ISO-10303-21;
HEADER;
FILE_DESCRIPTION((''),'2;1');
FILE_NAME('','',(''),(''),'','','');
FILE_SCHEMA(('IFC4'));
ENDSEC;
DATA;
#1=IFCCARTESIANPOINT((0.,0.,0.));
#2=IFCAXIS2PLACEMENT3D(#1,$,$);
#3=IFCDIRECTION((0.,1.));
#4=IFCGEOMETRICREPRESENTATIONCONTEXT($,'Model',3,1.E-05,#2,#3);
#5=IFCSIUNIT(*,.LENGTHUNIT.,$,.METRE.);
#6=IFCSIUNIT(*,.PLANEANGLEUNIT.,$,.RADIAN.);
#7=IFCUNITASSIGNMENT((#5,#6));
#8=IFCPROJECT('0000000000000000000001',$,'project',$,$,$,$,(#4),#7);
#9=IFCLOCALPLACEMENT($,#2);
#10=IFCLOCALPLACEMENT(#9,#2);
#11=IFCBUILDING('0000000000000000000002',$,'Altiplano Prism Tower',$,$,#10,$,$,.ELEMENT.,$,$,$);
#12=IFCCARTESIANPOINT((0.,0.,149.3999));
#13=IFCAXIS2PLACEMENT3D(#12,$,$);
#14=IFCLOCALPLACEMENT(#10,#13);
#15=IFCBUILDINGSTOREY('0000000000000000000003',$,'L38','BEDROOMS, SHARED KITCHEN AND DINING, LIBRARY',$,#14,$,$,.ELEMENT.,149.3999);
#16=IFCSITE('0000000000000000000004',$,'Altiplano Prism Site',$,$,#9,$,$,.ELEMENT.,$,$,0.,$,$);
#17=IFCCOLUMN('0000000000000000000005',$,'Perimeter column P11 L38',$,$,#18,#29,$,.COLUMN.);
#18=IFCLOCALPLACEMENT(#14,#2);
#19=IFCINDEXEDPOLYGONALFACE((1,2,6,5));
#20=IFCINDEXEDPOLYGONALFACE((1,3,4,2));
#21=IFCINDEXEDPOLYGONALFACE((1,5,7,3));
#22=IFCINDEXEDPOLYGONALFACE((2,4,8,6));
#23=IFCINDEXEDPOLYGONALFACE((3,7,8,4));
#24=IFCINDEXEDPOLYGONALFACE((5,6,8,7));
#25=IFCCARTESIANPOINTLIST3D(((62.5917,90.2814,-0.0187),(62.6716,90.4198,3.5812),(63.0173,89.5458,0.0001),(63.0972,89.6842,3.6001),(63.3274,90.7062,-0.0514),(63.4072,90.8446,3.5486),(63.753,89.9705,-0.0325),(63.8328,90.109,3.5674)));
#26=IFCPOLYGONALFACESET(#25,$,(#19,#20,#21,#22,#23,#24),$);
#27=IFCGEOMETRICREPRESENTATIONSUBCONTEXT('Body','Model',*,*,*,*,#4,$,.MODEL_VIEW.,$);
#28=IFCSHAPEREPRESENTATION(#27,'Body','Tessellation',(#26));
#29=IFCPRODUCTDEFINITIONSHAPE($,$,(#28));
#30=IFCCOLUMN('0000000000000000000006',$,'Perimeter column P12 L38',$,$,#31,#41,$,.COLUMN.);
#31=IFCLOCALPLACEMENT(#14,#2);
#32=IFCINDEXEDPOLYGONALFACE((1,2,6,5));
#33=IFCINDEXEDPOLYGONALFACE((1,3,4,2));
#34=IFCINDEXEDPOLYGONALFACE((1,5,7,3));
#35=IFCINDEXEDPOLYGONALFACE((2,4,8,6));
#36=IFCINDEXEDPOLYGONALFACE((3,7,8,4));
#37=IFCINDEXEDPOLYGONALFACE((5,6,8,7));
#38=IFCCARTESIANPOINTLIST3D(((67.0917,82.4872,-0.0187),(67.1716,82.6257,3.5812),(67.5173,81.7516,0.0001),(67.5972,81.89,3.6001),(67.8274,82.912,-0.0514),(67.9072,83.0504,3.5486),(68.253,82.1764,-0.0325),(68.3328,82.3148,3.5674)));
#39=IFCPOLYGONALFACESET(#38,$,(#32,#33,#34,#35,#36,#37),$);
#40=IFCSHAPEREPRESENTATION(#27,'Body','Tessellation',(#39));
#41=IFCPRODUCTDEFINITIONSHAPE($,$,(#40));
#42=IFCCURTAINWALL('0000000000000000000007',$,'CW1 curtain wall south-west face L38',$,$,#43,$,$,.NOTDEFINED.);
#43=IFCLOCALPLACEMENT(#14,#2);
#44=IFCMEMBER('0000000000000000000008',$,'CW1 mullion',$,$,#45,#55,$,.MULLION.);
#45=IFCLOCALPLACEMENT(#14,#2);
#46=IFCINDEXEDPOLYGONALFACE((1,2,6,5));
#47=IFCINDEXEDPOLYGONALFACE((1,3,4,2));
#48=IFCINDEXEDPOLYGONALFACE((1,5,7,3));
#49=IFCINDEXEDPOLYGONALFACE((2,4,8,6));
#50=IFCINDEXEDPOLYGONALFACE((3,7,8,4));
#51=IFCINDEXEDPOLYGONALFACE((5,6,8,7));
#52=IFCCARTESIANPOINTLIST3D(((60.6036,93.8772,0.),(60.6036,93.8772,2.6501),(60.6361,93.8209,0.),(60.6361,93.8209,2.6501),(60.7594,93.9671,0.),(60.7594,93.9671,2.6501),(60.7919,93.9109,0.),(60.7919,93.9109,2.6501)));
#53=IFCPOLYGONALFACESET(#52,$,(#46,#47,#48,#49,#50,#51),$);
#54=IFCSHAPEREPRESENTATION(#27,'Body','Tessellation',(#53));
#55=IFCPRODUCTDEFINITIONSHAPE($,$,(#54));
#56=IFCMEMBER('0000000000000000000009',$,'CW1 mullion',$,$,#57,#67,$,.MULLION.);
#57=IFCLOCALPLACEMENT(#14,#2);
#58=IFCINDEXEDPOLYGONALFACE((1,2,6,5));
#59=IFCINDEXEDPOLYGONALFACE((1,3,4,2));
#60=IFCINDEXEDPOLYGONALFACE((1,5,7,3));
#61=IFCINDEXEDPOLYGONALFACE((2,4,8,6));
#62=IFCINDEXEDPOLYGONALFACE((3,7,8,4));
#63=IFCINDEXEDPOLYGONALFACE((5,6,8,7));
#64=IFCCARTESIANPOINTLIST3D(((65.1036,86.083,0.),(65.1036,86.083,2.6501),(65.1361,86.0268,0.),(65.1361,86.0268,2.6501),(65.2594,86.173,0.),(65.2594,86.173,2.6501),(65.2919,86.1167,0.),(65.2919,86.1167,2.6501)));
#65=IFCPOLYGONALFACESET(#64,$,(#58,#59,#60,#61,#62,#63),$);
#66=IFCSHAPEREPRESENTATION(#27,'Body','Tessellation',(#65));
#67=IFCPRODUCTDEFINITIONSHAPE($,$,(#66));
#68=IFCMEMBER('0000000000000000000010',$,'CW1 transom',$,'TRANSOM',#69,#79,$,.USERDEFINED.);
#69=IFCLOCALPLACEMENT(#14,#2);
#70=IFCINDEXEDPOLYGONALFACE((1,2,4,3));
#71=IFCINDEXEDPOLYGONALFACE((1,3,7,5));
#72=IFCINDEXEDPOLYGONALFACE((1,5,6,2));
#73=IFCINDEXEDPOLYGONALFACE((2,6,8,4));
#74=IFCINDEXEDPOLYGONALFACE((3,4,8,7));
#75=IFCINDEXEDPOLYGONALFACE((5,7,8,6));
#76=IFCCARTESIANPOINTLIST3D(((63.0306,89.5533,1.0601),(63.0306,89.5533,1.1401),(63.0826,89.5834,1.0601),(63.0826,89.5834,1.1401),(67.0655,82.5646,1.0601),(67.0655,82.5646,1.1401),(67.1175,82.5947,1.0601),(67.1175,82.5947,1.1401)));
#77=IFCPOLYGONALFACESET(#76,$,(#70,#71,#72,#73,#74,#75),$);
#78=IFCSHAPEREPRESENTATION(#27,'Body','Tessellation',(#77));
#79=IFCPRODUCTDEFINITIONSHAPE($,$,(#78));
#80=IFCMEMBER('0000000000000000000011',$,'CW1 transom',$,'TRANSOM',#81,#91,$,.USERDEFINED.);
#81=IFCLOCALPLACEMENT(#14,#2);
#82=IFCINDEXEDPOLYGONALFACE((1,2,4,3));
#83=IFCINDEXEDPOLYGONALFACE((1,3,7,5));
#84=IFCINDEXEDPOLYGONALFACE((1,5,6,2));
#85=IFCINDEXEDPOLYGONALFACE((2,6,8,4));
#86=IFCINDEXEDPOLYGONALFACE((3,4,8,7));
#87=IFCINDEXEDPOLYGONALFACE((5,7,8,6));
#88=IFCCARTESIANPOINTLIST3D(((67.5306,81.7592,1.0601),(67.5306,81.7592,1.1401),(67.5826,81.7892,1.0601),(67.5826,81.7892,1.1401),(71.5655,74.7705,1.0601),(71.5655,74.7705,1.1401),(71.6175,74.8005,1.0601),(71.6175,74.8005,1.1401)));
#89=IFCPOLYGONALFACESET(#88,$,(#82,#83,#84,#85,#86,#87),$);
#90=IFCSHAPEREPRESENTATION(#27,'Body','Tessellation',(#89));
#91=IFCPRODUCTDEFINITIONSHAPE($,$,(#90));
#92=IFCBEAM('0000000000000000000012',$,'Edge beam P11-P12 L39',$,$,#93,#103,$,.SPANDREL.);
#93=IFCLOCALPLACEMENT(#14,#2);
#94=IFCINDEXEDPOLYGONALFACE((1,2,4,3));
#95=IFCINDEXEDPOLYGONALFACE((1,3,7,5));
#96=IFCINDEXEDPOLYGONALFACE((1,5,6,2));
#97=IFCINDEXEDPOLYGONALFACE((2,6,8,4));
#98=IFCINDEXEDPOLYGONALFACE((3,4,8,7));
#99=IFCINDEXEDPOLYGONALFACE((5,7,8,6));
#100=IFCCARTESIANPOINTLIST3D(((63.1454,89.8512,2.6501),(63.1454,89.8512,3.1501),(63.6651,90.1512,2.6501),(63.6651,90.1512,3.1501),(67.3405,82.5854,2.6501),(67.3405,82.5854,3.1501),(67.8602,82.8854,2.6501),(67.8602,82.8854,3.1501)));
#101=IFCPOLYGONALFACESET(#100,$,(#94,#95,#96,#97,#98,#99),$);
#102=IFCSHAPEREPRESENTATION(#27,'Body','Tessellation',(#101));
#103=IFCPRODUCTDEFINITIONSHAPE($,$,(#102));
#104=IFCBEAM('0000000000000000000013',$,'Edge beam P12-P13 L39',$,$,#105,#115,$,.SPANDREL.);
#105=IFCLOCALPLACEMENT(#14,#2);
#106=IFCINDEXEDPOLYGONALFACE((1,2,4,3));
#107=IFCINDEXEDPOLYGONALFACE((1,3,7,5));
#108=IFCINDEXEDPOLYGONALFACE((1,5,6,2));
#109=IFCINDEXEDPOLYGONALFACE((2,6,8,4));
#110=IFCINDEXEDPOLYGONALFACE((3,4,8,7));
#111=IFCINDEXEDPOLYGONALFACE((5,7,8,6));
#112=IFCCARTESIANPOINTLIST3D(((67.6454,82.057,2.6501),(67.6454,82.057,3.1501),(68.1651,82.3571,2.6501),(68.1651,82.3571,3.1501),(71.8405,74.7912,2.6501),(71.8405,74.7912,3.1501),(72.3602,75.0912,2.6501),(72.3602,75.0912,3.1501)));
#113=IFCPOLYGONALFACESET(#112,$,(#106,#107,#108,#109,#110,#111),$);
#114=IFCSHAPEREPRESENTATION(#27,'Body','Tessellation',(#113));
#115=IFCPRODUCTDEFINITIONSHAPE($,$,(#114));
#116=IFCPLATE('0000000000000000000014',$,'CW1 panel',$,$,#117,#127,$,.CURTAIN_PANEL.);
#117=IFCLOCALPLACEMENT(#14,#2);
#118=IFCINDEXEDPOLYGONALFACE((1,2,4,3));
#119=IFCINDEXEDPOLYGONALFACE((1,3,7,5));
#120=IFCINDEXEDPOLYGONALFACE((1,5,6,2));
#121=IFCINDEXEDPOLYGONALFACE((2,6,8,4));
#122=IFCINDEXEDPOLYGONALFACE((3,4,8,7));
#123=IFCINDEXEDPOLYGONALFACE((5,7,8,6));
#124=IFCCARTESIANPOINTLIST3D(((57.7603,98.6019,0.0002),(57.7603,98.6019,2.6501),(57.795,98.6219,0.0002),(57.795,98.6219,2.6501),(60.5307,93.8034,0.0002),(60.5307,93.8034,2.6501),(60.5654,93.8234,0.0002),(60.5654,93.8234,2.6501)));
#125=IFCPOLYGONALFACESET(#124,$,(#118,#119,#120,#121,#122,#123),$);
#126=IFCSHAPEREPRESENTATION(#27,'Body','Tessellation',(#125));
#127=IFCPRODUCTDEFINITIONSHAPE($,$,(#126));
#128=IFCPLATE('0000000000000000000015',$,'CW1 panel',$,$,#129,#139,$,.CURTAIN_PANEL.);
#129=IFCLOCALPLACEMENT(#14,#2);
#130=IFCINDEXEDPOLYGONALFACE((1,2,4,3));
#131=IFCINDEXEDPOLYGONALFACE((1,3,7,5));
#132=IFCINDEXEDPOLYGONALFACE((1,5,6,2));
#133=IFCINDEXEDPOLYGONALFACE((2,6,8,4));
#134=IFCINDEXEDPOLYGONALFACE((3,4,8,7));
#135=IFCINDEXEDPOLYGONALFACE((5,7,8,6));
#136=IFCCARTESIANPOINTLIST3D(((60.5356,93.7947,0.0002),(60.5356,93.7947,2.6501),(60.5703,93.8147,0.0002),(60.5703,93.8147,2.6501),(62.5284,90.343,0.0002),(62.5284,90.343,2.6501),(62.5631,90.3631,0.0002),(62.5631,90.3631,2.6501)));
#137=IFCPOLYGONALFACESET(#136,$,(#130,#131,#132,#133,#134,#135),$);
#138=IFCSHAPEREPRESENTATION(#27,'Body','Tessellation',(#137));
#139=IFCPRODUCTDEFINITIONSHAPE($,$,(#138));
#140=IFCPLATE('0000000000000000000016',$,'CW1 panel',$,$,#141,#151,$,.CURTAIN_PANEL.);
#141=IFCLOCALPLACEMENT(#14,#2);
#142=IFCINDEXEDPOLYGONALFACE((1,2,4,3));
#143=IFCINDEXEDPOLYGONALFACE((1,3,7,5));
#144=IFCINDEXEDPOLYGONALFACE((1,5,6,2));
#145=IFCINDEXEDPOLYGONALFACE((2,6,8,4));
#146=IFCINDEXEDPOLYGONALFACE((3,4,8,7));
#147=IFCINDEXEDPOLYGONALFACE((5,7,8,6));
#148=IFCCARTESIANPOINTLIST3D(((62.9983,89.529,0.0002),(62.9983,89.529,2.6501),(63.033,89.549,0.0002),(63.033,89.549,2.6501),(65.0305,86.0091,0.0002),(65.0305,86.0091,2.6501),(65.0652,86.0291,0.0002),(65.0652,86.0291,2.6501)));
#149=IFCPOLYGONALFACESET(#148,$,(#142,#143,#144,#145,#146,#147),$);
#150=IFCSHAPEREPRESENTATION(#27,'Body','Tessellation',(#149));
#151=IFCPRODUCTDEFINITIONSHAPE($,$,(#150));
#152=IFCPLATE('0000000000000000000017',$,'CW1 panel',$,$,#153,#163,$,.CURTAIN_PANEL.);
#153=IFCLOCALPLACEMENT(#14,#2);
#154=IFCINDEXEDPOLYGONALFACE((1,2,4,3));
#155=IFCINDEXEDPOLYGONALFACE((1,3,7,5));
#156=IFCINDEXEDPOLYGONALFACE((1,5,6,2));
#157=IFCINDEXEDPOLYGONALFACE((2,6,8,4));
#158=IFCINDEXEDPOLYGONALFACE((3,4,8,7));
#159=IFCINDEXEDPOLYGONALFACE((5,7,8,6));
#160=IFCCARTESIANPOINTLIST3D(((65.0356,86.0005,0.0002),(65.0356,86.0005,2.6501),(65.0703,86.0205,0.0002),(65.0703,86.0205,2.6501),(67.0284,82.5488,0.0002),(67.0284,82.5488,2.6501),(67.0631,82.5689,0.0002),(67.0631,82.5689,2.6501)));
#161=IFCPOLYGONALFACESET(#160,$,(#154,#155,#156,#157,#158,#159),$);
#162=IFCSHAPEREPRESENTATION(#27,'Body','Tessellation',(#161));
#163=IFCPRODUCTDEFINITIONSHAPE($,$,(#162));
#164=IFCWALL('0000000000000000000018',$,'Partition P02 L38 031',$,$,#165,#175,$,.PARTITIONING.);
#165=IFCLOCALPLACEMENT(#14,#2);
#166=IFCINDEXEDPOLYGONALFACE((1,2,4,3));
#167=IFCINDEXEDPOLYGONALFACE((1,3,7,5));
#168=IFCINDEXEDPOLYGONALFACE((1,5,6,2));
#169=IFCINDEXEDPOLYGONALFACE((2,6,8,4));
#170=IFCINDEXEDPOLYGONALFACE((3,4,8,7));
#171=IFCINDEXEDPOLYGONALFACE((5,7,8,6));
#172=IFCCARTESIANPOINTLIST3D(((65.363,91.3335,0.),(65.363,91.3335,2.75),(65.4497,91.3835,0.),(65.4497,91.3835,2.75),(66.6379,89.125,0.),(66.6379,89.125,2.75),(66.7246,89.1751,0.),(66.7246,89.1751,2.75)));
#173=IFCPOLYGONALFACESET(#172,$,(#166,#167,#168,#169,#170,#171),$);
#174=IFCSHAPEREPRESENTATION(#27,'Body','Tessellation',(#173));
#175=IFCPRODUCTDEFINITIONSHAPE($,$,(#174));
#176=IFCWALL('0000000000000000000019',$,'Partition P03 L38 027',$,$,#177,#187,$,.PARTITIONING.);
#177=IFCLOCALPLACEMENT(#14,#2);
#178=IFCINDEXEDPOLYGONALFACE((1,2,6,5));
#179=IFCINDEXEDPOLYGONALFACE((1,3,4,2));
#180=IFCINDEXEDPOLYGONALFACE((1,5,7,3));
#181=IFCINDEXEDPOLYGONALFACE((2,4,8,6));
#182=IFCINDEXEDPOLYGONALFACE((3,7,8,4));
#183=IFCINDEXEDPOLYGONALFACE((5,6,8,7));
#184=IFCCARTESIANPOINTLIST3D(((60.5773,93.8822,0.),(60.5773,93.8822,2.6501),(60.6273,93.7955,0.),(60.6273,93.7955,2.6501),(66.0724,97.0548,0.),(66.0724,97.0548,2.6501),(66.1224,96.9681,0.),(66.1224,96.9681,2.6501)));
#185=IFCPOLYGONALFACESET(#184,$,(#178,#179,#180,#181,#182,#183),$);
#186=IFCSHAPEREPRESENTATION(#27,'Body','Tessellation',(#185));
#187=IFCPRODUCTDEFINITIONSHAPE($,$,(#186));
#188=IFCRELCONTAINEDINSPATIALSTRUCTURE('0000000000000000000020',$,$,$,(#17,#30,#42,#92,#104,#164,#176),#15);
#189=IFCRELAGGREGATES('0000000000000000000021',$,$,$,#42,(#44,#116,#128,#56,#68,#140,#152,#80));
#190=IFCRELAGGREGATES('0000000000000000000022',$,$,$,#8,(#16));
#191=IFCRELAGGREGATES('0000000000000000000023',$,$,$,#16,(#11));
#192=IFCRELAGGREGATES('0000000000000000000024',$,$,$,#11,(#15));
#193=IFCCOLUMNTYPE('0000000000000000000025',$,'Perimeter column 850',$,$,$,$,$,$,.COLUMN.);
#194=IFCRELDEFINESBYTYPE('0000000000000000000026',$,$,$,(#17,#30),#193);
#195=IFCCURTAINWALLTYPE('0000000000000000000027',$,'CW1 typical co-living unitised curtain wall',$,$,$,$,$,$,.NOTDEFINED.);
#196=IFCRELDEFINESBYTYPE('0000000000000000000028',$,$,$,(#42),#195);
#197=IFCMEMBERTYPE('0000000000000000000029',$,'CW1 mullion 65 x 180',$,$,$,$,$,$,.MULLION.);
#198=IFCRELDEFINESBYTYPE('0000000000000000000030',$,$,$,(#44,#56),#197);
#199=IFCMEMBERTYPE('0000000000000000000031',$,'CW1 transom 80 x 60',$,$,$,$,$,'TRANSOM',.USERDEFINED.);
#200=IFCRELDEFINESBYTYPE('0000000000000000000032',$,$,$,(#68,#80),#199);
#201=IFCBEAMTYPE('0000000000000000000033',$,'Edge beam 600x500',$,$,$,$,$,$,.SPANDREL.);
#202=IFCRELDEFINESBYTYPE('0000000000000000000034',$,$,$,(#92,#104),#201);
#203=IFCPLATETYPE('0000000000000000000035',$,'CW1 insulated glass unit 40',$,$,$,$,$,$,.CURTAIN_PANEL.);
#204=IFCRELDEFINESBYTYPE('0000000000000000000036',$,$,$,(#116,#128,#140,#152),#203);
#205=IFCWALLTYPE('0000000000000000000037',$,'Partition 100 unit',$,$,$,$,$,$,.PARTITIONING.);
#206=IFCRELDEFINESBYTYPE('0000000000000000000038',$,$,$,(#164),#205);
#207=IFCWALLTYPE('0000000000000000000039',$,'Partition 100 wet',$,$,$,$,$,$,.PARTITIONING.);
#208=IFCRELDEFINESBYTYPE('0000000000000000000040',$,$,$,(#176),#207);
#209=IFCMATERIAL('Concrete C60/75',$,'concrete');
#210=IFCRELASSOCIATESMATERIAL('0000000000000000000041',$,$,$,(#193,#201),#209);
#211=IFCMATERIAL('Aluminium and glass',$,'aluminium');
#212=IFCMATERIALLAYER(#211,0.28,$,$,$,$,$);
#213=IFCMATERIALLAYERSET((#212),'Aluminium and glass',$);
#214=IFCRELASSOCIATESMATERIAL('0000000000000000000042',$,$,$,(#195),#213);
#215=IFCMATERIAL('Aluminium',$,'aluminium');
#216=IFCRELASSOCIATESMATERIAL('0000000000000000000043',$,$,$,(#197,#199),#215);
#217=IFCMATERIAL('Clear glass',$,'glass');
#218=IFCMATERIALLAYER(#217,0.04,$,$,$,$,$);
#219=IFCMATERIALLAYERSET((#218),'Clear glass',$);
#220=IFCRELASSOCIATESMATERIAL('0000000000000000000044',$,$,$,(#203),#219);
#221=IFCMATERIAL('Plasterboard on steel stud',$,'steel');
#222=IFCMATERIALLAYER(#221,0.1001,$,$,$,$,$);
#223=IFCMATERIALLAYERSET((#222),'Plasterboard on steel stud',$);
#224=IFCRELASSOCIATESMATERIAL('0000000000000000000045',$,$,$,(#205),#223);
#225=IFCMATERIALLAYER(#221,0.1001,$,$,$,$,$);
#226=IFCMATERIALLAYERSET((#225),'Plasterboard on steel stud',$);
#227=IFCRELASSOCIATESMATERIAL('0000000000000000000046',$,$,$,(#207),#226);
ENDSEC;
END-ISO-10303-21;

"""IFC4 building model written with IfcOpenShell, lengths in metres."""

from ifc_helpers import new_model, si_unit, direction, frame, frame_2d, origin, origin_2d, place, context, subcontext, project, spatial, rectangle, extrude, material, layer, layer_set, material_profile, profile_set, type_object, element, aggregate, save


model = new_model("IFC4")

# Units and contexts
model_context = context("Model", 3, precision=1e-05, world=origin(), true_north=direction((0.0, 1.0)))
body_context = subcontext(model_context, "Body", "Model", "MODEL_VIEW")
ifc_project = project(units=[si_unit("LENGTHUNIT", "METRE"), si_unit("PLANEANGLEUNIT", "RADIAN")], contexts=[model_context])

# Site, building, storey
site_placement = place(None, origin())
site = spatial("IfcSite", under=ifc_project, at=site_placement, Name="Altiplano Prism Site", CompositionType="ELEMENT", RefElevation=0.0)
building_placement = place(site_placement, origin())
building = spatial("IfcBuilding", under=site, at=building_placement, Name="Altiplano Prism Tower", CompositionType="ELEMENT")
storey_placement = place(building_placement, frame((0.0, 0.0, 149.3999)))
storey = spatial("IfcBuildingStorey", under=building, at=storey_placement, Name="L38", Description="BEDROOMS, SHARED KITCHEN AND DINING, LIBRARY", CompositionType="ELEMENT", Elevation=149.3999)

# Columns
ifc_material_1 = material(Name="Concrete C60/75", Category="concrete")
ifc_material_profile_1 = material_profile(ifc_material_1, rectangle(XDim=0.8501, YDim=0.8501, at=origin_2d()), Name="Perimeter column 850")
ifc_profile_set_1 = profile_set([ifc_material_profile_1], Name="Concrete C60/75")
column_type = type_object("IfcColumnType", Name="Perimeter column 850", PredefinedType="COLUMN", material=ifc_profile_set_1)
for number, where, z_axis, x_axis, name in (
    (1, (63.1724, 90.126, -0.0256), (0.022155, 0.038416, 0.999016), (-0.865362, -0.499674, 0.038405), "Perimeter column P11 L38"),
    (2, (67.6724, 82.3318, -0.0256), (0.022155, 0.038416, 0.999016), (-0.865363, -0.499671, 0.038405), "Perimeter column P12 L38"),
):
    element("IfcColumn", number, at=place(storey_placement, frame(where, z_axis=z_axis, x_axis=x_axis)), inside=storey, type_object=column_type, Name=name, PredefinedType="COLUMN", context=body_context, shape_type="SweptSolid", body=[
        extrude(rectangle(XDim=0.8501, YDim=0.8501, at=origin_2d()), origin(), (0.0, 0.0, 1.0), 3.6035),
    ])

# Curtain wall, members
ifc_material_2 = material(Name="Aluminium and glass", Category="aluminium")
ifc_layer_1 = layer(ifc_material_2, 0.28)
ifc_layer_set_1 = layer_set([ifc_layer_1], Name="Aluminium and glass")
curtain_wall_type = type_object("IfcCurtainWallType", Name="CW1 typical co-living unitised curtain wall", PredefinedType="NOTDEFINED", material=ifc_layer_set_1)
curtain_wall_placement = place(storey_placement, origin())
curtain_wall = element("IfcCurtainWall", 3, at=curtain_wall_placement, inside=storey, type_object=curtain_wall_type, Name="CW1 curtain wall south-west face L38", PredefinedType="NOTDEFINED")
ifc_material_3 = material(Name="Aluminium", Category="aluminium")
ifc_material_profile_2 = material_profile(ifc_material_3, rectangle(XDim=0.1799, YDim=0.0649, at=origin_2d()), Name="CW1 mullion 65 x 180")
ifc_profile_set_2 = profile_set([ifc_material_profile_2], Name="Aluminium")
member_type_1 = type_object("IfcMemberType", Name="CW1 mullion 65 x 180", PredefinedType="MULLION", material=ifc_profile_set_2)
member_1_placement = place(storey_placement, frame((60.6978, 93.894, 0.0), z_axis=(0.0, 0.0, 1.0), x_axis=(0.866025, 0.5, 0.0)))
member_1 = element("IfcMember", 4, at=member_1_placement, type_object=member_type_1, Name="CW1 mullion", PredefinedType="MULLION", context=body_context, shape_type="SweptSolid", body=[
    extrude(rectangle(XDim=0.1799, YDim=0.0649, at=origin_2d()), origin(), (0.0, 0.0, 1.0), 2.6501),
])
member_2_placement = place(storey_placement, frame((65.1978, 86.0999, 0.0), z_axis=(0.0, 0.0, 1.0), x_axis=(0.866025, 0.5, 0.0)))
member_2 = element("IfcMember", 5, at=member_2_placement, type_object=member_type_1, Name="CW1 mullion", PredefinedType="MULLION", context=body_context, shape_type="SweptSolid", body=[
    extrude(rectangle(XDim=0.1799, YDim=0.0649, at=origin_2d()), origin(), (0.0, 0.0, 1.0), 2.6501),
])
ifc_material_profile_3 = material_profile(ifc_material_3, rectangle(XDim=0.0601, YDim=0.0801, at=origin_2d()), Name="CW1 transom 80 x 60")
ifc_profile_set_3 = profile_set([ifc_material_profile_3], Name="Aluminium")
member_type_2 = type_object("IfcMemberType", Name="CW1 transom 80 x 60", ElementType="TRANSOM", PredefinedType="USERDEFINED", material=ifc_profile_set_3)
member_3_placement = place(storey_placement, frame((63.0566, 89.5684, 1.1001), z_axis=(0.499995, -0.866028, 0.0), x_axis=(0.866028, 0.499995, 0.0)))
member_3 = element("IfcMember", 6, at=member_3_placement, type_object=member_type_2, Name="CW1 transom", ObjectType="TRANSOM", PredefinedType="USERDEFINED", context=body_context, shape_type="SweptSolid", body=[
    extrude(rectangle(XDim=0.0601, YDim=0.0801, at=origin_2d()), origin(), (0.0, 0.0, 1.0), 8.0698),
])
member_4_placement = place(storey_placement, frame((67.5566, 81.7742, 1.1001), z_axis=(0.499995, -0.866028, 0.0), x_axis=(0.866028, 0.499995, 0.0)))
member_4 = element("IfcMember", 7, at=member_4_placement, type_object=member_type_2, Name="CW1 transom", ObjectType="TRANSOM", PredefinedType="USERDEFINED", context=body_context, shape_type="SweptSolid", body=[
    extrude(rectangle(XDim=0.0601, YDim=0.0801, at=origin_2d()), origin(), (0.0, 0.0, 1.0), 8.0698),
])

# Beams
ifc_material_profile_4 = material_profile(ifc_material_1, rectangle(XDim=0.6001, YDim=0.5, at=origin_2d()), Name="Edge beam 600x500")
ifc_profile_set_4 = profile_set([ifc_material_profile_4], Name="Concrete C60/75")
beam_type = type_object("IfcBeamType", Name="Edge beam 600x500", PredefinedType="SPANDREL", material=ifc_profile_set_4)
for number, where, z_axis, x_axis, name in (
    (8, (63.4053, 90.0012, 2.9001), (0.50001, -0.866019, 0.0), (0.866019, 0.50001, 0.0), "Edge beam P11-P12 L39"),
    (9, (67.9053, 82.207, 2.9001), (0.50001, -0.866019, 0.0), (0.866019, 0.50001, 0.0), "Edge beam P12-P13 L39"),
):
    element("IfcBeam", number, at=place(storey_placement, frame(where, z_axis=z_axis, x_axis=x_axis)), inside=storey, type_object=beam_type, Name=name, PredefinedType="SPANDREL", context=body_context, shape_type="SweptSolid", body=[
        extrude(rectangle(XDim=0.6001, YDim=0.5, at=origin_2d()), origin(), (0.0, 0.0, 1.0), 8.3899),
    ])

# Plates
ifc_material_4 = material(Name="Clear glass", Category="glass")
ifc_layer_2 = layer(ifc_material_4, 0.04)
ifc_layer_set_2 = layer_set([ifc_layer_2], Name="Clear glass")
plate_type = type_object("IfcPlateType", Name="CW1 insulated glass unit 40", PredefinedType="CURTAIN_PANEL", material=ifc_layer_set_2)
plate_1_placement = place(storey_placement, frame((59.1628, 96.2126, 0.0002), z_axis=(0.0, 0.0, 1.0), x_axis=(0.5, -0.866025, 0.0)))
plate_1 = element("IfcPlate", 10, at=plate_1_placement, type_object=plate_type, Name="CW1 panel", PredefinedType="CURTAIN_PANEL", context=body_context, shape_type="SweptSolid", body=[
    extrude(rectangle(XDim=5.5408, YDim=0.04, at=origin_2d()), origin(), (0.0, 0.0, 1.0), 2.6499),
])
plate_2_placement = place(storey_placement, frame((61.5493, 92.0789, 0.0002), z_axis=(0.0, 0.0, 1.0), x_axis=(0.5, -0.866025, 0.0)))
plate_2 = element("IfcPlate", 11, at=plate_2_placement, type_object=plate_type, Name="CW1 panel", PredefinedType="CURTAIN_PANEL", context=body_context, shape_type="SweptSolid", body=[
    extrude(rectangle(XDim=3.9856, YDim=0.04, at=origin_2d()), origin(), (0.0, 0.0, 1.0), 2.6499),
])
plate_3_placement = place(storey_placement, frame((64.0317, 87.7791, 0.0002), z_axis=(0.0, 0.0, 1.0), x_axis=(0.5, -0.866025, 0.0)))
plate_3 = element("IfcPlate", 12, at=plate_3_placement, type_object=plate_type, Name="CW1 panel", PredefinedType="CURTAIN_PANEL", context=body_context, shape_type="SweptSolid", body=[
    extrude(rectangle(XDim=4.0645, YDim=0.04, at=origin_2d()), origin(), (0.0, 0.0, 1.0), 2.6499),
])
plate_4_placement = place(storey_placement, frame((66.0493, 84.2847, 0.0002), z_axis=(0.0, 0.0, 1.0), x_axis=(0.5, -0.866025, 0.0)))
plate_4 = element("IfcPlate", 13, at=plate_4_placement, type_object=plate_type, Name="CW1 panel", PredefinedType="CURTAIN_PANEL", context=body_context, shape_type="SweptSolid", body=[
    extrude(rectangle(XDim=3.9856, YDim=0.04, at=origin_2d()), origin(), (0.0, 0.0, 1.0), 2.6499),
])
aggregate(curtain_wall, [member_1, plate_1, plate_2, member_2, member_3, plate_3, plate_4, member_4])

# Walls
ifc_material_5 = material(Name="Plasterboard on steel stud", Category="steel")
ifc_layer_3 = layer(ifc_material_5, 0.1001)
ifc_layer_set_3 = layer_set([ifc_layer_3], Name="Plasterboard on steel stud")
wall_type_1 = type_object("IfcWallType", Name="Partition 100 unit", PredefinedType="PARTITIONING", material=ifc_layer_set_3)
wall_1_placement = place(storey_placement, frame((66.6812, 89.1501, 0.0), z_axis=(0.0, 0.0, 1.0), x_axis=(-0.499949, 0.866055, 0.0)))
element("IfcWall", 14, at=wall_1_placement, inside=storey, type_object=wall_type_1, Name="Partition P02 L38 031", PredefinedType="PARTITIONING", context=body_context, shape_type="SweptSolid", body=[
    extrude(rectangle(XDim=2.55, YDim=0.1001, at=frame_2d((1.2749, 0.0))), origin(), (0.0, 0.0, 1.0), 2.75),
])
ifc_layer_4 = layer(ifc_material_5, 0.1001)
ifc_layer_set_4 = layer_set([ifc_layer_4], Name="Plasterboard on steel stud")
wall_type_2 = type_object("IfcWallType", Name="Partition 100 wet", PredefinedType="PARTITIONING", material=ifc_layer_set_4)
wall_2_placement = place(storey_placement, frame((60.6023, 93.8389, 0.0), z_axis=(0.0, 0.0, 1.0), x_axis=(0.866025, 0.5, 0.0)))
element("IfcWall", 15, at=wall_2_placement, inside=storey, type_object=wall_type_2, Name="Partition P03 L38 027", PredefinedType="PARTITIONING", context=body_context, shape_type="SweptSolid", body=[
    extrude(rectangle(XDim=6.3452, YDim=0.1001, at=frame_2d((3.1726, 0.0))), origin(), (0.0, 0.0, 1.0), 2.6501),
])

save(model, "model.ifc")
